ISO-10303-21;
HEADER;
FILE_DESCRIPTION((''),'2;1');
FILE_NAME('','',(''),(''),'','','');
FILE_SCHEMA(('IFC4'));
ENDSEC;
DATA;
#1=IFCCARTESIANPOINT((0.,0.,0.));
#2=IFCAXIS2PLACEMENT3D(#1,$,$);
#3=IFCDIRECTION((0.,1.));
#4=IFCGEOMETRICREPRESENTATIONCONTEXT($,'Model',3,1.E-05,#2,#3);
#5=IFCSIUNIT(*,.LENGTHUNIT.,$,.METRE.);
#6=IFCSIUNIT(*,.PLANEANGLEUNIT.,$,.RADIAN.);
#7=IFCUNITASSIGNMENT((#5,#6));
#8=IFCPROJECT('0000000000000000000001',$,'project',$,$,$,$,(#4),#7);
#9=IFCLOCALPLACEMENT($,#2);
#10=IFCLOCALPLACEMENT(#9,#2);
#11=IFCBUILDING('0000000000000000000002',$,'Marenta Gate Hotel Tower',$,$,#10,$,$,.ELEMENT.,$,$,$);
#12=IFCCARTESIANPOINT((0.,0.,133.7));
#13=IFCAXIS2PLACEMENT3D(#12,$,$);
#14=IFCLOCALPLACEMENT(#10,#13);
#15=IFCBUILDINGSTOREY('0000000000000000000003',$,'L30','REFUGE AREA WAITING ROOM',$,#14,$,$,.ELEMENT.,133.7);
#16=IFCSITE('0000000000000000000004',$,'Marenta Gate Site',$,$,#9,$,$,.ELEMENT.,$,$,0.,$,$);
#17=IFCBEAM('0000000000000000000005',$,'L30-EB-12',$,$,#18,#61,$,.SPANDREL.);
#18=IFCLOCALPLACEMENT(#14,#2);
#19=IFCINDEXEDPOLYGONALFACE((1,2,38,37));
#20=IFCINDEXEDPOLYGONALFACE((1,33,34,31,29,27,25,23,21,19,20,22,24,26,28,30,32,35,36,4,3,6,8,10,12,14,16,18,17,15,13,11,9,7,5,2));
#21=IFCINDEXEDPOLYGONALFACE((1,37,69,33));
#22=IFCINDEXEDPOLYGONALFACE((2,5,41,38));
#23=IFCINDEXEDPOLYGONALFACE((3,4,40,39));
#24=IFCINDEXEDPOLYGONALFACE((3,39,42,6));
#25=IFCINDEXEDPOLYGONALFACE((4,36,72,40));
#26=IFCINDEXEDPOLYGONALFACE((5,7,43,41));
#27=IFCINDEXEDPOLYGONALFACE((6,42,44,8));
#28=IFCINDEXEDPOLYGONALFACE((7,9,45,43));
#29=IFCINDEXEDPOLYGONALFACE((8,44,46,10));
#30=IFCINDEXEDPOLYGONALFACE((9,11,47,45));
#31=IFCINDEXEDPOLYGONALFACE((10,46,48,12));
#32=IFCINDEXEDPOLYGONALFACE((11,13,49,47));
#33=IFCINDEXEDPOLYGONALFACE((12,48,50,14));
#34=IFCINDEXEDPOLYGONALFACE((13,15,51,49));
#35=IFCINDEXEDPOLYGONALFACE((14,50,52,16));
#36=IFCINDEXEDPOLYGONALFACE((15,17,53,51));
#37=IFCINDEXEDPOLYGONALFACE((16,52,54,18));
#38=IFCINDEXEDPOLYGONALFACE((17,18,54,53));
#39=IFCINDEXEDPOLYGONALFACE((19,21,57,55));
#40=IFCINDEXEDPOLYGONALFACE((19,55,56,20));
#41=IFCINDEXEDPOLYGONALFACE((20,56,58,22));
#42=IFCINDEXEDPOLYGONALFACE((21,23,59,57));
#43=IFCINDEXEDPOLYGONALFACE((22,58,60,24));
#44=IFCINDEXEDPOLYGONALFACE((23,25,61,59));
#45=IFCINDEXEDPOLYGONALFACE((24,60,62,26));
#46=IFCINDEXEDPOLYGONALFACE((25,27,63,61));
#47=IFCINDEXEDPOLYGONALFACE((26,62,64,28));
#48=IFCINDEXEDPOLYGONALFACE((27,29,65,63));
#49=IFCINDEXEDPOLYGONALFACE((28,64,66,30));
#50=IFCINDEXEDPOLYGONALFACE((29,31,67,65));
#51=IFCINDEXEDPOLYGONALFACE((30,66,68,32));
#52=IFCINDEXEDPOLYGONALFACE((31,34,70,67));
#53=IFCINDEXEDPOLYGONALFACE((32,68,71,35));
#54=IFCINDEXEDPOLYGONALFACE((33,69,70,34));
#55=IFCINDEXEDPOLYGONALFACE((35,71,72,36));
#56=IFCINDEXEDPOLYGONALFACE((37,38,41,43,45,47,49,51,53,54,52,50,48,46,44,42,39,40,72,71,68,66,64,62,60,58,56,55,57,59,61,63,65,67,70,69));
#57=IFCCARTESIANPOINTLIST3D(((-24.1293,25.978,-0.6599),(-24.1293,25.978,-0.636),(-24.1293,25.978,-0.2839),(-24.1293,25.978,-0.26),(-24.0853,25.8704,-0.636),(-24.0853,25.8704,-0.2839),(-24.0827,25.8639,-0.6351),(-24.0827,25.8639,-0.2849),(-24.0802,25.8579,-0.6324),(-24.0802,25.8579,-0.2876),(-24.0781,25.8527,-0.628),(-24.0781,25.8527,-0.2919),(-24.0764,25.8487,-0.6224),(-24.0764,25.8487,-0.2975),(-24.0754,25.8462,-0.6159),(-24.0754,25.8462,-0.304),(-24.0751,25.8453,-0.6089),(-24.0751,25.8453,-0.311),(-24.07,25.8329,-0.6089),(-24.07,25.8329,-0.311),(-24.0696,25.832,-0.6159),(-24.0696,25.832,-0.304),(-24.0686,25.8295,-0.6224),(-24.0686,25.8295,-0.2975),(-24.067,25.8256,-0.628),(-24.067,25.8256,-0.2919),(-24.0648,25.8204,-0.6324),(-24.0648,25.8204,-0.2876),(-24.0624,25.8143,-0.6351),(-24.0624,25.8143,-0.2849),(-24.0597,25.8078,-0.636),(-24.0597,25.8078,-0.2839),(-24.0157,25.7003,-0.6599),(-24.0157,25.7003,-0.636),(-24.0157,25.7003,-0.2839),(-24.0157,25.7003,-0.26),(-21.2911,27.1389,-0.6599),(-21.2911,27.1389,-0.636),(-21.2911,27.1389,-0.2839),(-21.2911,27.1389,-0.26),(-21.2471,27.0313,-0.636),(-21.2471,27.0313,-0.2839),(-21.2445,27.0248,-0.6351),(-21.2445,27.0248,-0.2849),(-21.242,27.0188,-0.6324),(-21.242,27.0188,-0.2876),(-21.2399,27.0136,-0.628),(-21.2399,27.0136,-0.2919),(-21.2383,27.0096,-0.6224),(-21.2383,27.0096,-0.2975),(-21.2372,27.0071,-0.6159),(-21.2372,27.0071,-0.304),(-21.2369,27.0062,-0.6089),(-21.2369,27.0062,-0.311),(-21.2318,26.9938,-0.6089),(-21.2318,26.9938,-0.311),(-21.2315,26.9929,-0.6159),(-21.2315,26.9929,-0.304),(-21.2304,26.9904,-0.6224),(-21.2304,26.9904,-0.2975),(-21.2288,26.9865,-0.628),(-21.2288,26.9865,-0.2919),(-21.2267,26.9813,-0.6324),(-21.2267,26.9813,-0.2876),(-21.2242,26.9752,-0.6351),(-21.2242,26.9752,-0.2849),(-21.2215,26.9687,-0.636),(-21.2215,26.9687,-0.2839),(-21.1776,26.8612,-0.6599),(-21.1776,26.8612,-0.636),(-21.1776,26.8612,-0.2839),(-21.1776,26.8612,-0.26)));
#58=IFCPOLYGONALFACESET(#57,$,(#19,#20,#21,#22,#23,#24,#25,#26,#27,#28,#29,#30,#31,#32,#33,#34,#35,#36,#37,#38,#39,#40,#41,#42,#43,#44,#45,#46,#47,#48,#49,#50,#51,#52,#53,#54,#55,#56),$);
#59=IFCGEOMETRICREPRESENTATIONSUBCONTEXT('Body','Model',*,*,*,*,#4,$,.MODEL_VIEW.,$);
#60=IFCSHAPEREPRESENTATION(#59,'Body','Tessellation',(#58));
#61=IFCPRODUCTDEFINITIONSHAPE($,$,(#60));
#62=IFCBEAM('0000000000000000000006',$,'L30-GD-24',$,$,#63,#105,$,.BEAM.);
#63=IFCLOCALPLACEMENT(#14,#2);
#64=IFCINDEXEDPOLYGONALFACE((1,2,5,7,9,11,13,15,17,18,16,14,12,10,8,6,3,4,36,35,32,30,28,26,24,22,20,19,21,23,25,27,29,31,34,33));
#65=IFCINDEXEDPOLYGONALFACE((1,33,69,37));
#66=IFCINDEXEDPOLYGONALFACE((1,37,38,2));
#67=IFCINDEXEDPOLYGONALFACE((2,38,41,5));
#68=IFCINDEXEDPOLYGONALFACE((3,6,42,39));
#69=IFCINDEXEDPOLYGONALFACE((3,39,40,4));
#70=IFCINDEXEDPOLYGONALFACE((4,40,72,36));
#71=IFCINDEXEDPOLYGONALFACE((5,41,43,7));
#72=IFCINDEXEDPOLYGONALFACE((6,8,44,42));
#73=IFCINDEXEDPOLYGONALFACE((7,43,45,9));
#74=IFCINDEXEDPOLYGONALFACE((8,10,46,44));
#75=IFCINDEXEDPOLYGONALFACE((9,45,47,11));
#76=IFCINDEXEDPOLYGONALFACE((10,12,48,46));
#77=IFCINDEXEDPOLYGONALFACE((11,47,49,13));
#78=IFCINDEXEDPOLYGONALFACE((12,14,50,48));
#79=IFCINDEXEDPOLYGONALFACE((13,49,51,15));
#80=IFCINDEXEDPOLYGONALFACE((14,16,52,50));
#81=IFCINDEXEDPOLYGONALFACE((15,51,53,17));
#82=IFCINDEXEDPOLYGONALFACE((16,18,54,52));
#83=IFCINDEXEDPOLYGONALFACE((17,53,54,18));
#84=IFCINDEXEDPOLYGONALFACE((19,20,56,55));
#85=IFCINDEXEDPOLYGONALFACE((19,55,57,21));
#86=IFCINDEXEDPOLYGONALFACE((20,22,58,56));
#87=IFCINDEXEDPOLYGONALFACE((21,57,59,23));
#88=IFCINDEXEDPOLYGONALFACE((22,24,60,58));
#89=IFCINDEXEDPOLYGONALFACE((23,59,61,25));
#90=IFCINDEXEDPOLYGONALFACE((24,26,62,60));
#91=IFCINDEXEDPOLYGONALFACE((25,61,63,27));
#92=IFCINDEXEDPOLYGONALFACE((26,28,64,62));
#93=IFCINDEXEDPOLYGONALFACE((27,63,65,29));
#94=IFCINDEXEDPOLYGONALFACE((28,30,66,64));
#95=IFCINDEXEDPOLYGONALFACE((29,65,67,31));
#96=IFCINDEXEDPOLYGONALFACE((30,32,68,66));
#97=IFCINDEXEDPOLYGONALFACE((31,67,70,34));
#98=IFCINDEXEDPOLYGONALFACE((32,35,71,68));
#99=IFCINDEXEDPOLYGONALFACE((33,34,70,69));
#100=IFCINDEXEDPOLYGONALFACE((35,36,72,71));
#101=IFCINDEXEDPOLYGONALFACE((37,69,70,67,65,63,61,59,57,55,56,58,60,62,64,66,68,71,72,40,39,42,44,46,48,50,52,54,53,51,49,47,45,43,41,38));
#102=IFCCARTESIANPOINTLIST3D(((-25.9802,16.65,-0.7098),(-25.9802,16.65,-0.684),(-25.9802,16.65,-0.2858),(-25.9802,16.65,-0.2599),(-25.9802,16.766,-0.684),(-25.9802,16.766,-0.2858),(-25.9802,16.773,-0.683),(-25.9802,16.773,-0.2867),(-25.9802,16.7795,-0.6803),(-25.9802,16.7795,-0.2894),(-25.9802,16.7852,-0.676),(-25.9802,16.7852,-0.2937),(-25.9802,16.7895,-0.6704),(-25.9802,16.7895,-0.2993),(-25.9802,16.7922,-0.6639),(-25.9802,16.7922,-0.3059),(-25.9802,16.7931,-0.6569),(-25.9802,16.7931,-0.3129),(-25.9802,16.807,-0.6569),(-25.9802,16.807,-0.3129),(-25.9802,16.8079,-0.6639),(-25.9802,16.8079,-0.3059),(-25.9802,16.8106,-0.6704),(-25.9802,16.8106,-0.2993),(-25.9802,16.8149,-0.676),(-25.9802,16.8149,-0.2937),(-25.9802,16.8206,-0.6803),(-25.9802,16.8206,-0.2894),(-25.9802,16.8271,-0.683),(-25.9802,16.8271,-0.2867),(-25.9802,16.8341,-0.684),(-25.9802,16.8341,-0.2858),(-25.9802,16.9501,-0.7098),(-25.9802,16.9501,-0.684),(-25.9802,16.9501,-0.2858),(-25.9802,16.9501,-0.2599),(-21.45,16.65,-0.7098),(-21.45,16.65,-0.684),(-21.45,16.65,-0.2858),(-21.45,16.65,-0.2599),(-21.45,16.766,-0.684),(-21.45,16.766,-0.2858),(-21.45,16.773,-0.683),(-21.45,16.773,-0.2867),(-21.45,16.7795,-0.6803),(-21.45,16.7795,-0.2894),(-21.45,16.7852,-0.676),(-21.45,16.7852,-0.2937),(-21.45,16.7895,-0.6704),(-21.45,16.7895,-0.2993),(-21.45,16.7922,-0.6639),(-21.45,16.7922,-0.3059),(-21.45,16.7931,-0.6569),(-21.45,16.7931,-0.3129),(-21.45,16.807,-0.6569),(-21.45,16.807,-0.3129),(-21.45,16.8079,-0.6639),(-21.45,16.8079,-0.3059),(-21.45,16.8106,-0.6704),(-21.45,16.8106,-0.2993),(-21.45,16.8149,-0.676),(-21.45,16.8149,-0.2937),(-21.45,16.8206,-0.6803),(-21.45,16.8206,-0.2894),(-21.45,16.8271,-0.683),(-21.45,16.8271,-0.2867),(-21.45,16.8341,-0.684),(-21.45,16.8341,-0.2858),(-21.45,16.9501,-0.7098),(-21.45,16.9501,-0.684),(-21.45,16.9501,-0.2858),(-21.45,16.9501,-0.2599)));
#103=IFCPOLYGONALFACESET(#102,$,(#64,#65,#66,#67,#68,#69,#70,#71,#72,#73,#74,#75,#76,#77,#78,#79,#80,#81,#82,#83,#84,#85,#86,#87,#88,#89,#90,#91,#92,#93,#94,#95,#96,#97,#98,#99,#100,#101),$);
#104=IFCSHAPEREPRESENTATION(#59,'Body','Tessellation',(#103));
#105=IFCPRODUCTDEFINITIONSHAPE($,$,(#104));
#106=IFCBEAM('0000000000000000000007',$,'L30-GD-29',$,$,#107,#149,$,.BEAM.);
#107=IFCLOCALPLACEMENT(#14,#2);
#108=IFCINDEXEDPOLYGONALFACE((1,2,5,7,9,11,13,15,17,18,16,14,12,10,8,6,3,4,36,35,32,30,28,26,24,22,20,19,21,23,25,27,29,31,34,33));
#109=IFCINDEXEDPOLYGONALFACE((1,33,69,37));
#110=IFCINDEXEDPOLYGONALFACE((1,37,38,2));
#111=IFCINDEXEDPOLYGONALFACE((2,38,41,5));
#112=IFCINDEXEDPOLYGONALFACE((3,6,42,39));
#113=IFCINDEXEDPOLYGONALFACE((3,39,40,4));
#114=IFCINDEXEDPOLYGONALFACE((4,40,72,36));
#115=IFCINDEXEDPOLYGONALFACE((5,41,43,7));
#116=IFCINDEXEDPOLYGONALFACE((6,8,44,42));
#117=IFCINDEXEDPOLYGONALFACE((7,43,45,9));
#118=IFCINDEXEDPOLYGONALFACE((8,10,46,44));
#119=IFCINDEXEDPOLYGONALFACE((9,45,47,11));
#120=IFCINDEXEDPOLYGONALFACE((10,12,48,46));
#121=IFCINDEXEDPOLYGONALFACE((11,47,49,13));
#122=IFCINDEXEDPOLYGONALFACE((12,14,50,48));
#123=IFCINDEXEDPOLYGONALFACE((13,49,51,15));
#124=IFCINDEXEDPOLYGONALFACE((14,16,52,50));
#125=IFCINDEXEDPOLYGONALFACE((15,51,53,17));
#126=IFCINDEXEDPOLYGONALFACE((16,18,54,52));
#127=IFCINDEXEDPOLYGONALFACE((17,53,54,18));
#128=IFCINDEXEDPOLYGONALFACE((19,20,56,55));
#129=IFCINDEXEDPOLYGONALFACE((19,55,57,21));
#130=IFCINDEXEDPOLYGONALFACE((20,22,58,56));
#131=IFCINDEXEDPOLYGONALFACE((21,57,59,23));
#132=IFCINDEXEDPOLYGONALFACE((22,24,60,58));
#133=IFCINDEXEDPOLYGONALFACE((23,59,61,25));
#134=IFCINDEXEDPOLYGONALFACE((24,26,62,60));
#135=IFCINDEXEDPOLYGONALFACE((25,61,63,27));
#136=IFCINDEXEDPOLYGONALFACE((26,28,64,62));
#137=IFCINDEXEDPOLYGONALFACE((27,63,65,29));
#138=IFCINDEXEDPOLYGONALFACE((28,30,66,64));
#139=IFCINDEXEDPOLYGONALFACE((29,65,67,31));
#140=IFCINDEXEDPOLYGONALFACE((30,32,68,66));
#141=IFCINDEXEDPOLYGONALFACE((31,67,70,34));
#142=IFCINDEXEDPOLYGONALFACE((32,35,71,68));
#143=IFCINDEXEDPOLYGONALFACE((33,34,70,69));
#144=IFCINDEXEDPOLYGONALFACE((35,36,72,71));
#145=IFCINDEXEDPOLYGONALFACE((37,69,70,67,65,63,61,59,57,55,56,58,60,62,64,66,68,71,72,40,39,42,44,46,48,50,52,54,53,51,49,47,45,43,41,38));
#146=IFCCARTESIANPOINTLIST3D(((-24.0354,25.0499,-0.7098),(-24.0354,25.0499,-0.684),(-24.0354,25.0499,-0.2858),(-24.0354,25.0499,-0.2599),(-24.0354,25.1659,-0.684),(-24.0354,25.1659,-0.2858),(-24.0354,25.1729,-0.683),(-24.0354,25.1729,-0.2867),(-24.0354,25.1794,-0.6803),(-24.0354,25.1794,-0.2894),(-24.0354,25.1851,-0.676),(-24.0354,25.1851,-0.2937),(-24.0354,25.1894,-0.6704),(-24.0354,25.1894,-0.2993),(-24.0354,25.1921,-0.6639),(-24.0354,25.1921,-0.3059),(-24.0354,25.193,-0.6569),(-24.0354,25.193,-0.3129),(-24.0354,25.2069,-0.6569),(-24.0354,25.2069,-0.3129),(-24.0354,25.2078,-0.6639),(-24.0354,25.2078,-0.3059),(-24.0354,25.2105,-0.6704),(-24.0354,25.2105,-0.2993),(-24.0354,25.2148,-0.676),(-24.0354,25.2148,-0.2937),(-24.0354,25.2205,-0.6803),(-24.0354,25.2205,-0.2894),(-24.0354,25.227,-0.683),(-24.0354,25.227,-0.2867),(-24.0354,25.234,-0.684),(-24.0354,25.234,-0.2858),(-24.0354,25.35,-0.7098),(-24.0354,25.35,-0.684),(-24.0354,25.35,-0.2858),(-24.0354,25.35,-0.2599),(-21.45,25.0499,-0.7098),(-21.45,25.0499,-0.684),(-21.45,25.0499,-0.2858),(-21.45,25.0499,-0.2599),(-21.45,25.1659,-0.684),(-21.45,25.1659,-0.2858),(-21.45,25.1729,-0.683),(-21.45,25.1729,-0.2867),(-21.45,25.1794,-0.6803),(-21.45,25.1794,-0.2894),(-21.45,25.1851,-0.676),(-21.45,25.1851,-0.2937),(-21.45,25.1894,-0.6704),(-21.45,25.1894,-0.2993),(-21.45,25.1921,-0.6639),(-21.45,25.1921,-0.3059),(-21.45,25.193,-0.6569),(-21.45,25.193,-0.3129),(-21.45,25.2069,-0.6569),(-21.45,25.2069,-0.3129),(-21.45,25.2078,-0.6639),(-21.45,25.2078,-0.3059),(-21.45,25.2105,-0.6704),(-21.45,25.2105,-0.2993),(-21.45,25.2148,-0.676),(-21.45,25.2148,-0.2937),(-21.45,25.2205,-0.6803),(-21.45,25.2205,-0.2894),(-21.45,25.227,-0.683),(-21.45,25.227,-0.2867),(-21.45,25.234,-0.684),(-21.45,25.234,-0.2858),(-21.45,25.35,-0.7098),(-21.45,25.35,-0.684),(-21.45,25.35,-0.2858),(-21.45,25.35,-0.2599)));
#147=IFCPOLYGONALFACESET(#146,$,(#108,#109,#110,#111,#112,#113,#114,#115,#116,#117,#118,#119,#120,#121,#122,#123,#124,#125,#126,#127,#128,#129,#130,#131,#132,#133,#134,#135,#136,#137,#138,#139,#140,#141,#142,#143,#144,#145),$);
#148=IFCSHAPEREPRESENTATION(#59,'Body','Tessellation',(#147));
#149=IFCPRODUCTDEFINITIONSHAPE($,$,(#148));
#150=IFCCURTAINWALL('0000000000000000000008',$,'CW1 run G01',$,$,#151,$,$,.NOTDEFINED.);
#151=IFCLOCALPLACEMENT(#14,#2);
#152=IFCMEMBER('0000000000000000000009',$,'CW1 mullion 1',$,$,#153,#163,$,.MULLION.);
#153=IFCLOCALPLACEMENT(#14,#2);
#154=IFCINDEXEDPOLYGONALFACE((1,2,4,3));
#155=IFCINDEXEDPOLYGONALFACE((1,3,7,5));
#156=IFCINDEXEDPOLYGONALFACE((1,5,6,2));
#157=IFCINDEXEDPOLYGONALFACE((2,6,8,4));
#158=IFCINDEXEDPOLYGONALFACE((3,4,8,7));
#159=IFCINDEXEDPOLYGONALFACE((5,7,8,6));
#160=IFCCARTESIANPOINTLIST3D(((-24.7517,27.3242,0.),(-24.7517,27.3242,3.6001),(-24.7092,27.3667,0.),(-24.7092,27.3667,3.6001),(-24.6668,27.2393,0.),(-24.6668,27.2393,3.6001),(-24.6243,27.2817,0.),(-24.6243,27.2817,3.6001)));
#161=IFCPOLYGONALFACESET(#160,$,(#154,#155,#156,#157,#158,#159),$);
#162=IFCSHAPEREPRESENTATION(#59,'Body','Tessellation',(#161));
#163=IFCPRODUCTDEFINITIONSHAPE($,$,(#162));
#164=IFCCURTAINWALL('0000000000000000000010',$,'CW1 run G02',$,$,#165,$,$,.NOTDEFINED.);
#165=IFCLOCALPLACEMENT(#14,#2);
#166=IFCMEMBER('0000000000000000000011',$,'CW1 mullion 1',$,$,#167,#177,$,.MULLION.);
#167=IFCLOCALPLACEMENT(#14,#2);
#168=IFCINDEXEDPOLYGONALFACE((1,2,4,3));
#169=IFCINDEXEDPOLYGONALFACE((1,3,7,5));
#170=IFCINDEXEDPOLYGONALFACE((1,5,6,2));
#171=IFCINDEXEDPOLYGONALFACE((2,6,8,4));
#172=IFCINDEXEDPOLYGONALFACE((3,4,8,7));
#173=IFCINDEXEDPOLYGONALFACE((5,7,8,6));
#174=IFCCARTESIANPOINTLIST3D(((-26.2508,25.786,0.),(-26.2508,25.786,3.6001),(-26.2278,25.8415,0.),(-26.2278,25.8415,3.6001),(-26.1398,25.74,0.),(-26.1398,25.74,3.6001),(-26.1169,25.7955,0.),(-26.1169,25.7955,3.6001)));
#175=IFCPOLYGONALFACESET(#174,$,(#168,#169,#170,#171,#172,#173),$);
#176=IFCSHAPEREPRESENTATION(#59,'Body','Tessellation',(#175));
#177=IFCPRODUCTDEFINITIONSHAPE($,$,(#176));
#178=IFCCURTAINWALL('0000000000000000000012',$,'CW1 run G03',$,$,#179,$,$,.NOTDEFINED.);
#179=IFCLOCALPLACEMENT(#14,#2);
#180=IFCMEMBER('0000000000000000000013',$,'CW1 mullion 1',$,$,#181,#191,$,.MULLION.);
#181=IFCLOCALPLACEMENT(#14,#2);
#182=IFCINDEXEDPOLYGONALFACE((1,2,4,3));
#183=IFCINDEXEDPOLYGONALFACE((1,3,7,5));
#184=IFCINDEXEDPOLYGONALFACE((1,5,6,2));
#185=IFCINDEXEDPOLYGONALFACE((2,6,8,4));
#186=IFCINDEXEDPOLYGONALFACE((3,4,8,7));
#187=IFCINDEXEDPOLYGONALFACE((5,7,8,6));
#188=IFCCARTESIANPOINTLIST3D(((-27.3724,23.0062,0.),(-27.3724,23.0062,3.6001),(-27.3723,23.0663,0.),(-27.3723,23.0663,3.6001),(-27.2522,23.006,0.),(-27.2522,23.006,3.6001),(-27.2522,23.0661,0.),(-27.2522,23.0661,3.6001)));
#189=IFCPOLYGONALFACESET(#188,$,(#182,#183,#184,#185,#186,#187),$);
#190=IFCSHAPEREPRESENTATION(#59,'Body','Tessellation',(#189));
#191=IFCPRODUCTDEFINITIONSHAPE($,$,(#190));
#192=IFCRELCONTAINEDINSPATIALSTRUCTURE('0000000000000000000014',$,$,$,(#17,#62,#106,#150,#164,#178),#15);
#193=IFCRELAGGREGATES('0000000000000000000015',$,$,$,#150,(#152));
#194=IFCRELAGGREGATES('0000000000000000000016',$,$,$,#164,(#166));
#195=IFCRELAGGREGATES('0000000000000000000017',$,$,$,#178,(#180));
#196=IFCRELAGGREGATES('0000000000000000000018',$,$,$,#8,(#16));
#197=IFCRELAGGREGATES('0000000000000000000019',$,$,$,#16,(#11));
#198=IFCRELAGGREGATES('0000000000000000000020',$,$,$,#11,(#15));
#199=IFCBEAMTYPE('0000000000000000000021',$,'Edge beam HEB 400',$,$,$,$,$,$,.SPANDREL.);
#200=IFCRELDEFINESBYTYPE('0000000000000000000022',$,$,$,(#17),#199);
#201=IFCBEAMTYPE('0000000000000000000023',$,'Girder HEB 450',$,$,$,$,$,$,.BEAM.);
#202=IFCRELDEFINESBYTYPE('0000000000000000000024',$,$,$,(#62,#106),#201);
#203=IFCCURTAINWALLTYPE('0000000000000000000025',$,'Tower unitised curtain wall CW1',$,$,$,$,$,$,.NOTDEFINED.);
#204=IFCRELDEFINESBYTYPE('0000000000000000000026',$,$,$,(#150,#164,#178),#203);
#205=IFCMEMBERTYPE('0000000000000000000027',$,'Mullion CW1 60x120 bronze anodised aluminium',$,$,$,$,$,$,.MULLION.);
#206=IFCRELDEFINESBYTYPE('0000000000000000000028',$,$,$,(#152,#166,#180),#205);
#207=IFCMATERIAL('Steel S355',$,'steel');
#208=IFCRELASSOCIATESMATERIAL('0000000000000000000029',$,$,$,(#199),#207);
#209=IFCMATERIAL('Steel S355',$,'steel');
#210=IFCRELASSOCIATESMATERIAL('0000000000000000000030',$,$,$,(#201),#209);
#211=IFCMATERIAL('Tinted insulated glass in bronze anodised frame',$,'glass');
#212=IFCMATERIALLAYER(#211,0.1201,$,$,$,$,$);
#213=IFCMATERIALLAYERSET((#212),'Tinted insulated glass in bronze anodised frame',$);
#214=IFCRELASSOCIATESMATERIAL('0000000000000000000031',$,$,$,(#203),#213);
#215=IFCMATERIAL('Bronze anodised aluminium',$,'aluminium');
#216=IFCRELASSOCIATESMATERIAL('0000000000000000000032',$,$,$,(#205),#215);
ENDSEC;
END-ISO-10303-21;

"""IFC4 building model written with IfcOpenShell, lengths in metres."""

from ifc_helpers import new_model, si_unit, direction, frame, origin, origin_2d, place, context, subcontext, project, spatial, rectangle, i_section, extrude, material, layer, layer_set, material_profile, profile_set, type_object, element, aggregate, save


model = new_model("IFC4")

# Units and contexts
model_context = context("Model", 3, precision=1e-05, world=origin(), true_north=direction((0.0, 1.0)))
body_context = subcontext(model_context, "Body", "Model", "MODEL_VIEW")
ifc_project = project(units=[si_unit("LENGTHUNIT", "METRE"), si_unit("PLANEANGLEUNIT", "RADIAN")], contexts=[model_context])

# Site, building, storey
site_placement = place(None, origin())
site = spatial("IfcSite", under=ifc_project, at=site_placement, Name="Marenta Gate Site", CompositionType="ELEMENT", RefElevation=0.0)
building_placement = place(site_placement, origin())
building = spatial("IfcBuilding", under=site, at=building_placement, Name="Marenta Gate Hotel Tower", CompositionType="ELEMENT")
storey_placement = place(building_placement, frame((0.0, 0.0, 133.7)))
storey = spatial("IfcBuildingStorey", under=building, at=storey_placement, Name="L30", Description="REFUGE AREA WAITING ROOM", CompositionType="ELEMENT", Elevation=133.7)

# Beams
ifc_material_1 = material(Name="Steel S355", Category="steel")
ifc_material_profile_1 = material_profile(ifc_material_1, i_section(OverallWidth=0.3, OverallDepth=0.3999, WebThickness=0.0134, FlangeThickness=0.0239, FilletRadius=0.0271, at=origin_2d()), Name="HEB 400")
ifc_profile_set_1 = profile_set([ifc_material_profile_1], Name="Steel S355")
beam_type_1 = type_object("IfcBeamType", Name="Edge beam HEB 400", PredefinedType="SPANDREL", material=ifc_profile_set_1)
beam_1_placement = place(storey_placement, frame((-24.0725, 25.8391, -0.46), z_axis=(0.925566, 0.378586, 0.0), x_axis=(-0.378586, 0.925566, 0.0)))
element("IfcBeam", 1, at=beam_1_placement, inside=storey, type_object=beam_type_1, Name="L30-EB-12", PredefinedType="SPANDREL", context=body_context, shape_type="SweptSolid", body=[
    extrude(i_section(OverallWidth=0.3, OverallDepth=0.3999, WebThickness=0.0134, FlangeThickness=0.0239, FilletRadius=0.0271, at=origin_2d()), origin(), (0.0, 0.0, 1.0), 3.0664),
])
ifc_material_2 = material(Name="Steel S355", Category="steel")
ifc_material_profile_2 = material_profile(ifc_material_2, i_section(OverallWidth=0.3, OverallDepth=0.45, WebThickness=0.0139, FlangeThickness=0.0259, FilletRadius=0.0271, at=origin_2d()), Name="HEB 450")
ifc_profile_set_2 = profile_set([ifc_material_profile_2], Name="Steel S355")
beam_type_2 = type_object("IfcBeamType", Name="Girder HEB 450", PredefinedType="BEAM", material=ifc_profile_set_2)
beam_2_placement = place(storey_placement, frame((-25.9802, 16.8, -0.4849), z_axis=(1.0, 0.0, 0.0), x_axis=(0.0, 1.0, 0.0)))
element("IfcBeam", 2, at=beam_2_placement, inside=storey, type_object=beam_type_2, Name="L30-GD-24", PredefinedType="BEAM", context=body_context, shape_type="SweptSolid", body=[
    extrude(i_section(OverallWidth=0.3, OverallDepth=0.45, WebThickness=0.0139, FlangeThickness=0.0259, FilletRadius=0.0271, at=origin_2d()), origin(), (0.0, 0.0, 1.0), 4.5303),
])
beam_3_placement = place(storey_placement, frame((-24.0354, 25.2, -0.4849), z_axis=(1.0, 0.0, 0.0), x_axis=(0.0, 1.0, 0.0)))
element("IfcBeam", 3, at=beam_3_placement, inside=storey, type_object=beam_type_2, Name="L30-GD-29", PredefinedType="BEAM", context=body_context, shape_type="SweptSolid", body=[
    extrude(i_section(OverallWidth=0.3, OverallDepth=0.45, WebThickness=0.0139, FlangeThickness=0.0259, FilletRadius=0.0271, at=origin_2d()), origin(), (0.0, 0.0, 1.0), 2.5854),
])

# Curtain walls, members
ifc_material_3 = material(Name="Tinted insulated glass in bronze anodised frame", Category="glass")
ifc_layer_1 = layer(ifc_material_3, 0.1201)
ifc_layer_set_1 = layer_set([ifc_layer_1], Name="Tinted insulated glass in bronze anodised frame")
curtain_wall_type = type_object("IfcCurtainWallType", Name="Tower unitised curtain wall CW1", PredefinedType="NOTDEFINED", material=ifc_layer_set_1)
curtain_wall_1_placement = place(storey_placement, origin())
curtain_wall_1 = element("IfcCurtainWall", 4, at=curtain_wall_1_placement, inside=storey, type_object=curtain_wall_type, Name="CW1 run G01", PredefinedType="NOTDEFINED")
ifc_material_4 = material(Name="Bronze anodised aluminium", Category="aluminium")
ifc_material_profile_3 = material_profile(ifc_material_4, rectangle(XDim=0.1201, YDim=0.0601, at=origin_2d()), Name="Mullion CW1 60x120 bronze anodised aluminium")
ifc_profile_set_3 = profile_set([ifc_material_profile_3], Name="Bronze anodised aluminium")
member_type_1 = type_object("IfcMemberType", Name="Mullion CW1 60x120 bronze anodised aluminium", PredefinedType="MULLION", material=ifc_profile_set_3)
member_1_placement = place(storey_placement, frame((-24.688, 27.303, 0.0), z_axis=(0.0, 0.0, 1.0), x_axis=(0.707107, -0.707107, 0.0)))
member_1 = element("IfcMember", 5, at=member_1_placement, type_object=member_type_1, Name="CW1 mullion 1", PredefinedType="MULLION", context=body_context, shape_type="SweptSolid", body=[
    extrude(rectangle(XDim=0.1201, YDim=0.0601, at=origin_2d()), origin(), (0.0, 0.0, 1.0), 3.6001),
])
curtain_wall_2_placement = place(storey_placement, origin())
curtain_wall_2 = element("IfcCurtainWall", 6, at=curtain_wall_2_placement, inside=storey, type_object=curtain_wall_type, Name="CW1 run G02", PredefinedType="NOTDEFINED")
member_2_placement = place(storey_placement, frame((-26.1838, 25.7908, 0.0), z_axis=(0.0, 0.0, 1.0), x_axis=(0.923884, -0.382672, 0.0)))
member_2 = element("IfcMember", 7, at=member_2_placement, type_object=member_type_1, Name="CW1 mullion 1", PredefinedType="MULLION", context=body_context, shape_type="SweptSolid", body=[
    extrude(rectangle(XDim=0.1201, YDim=0.0601, at=origin_2d()), origin(), (0.0, 0.0, 1.0), 3.6001),
])

# Curtain wall, member
curtain_wall_3_placement = place(storey_placement, origin())
curtain_wall_3 = element("IfcCurtainWall", 8, at=curtain_wall_3_placement, inside=storey, type_object=curtain_wall_type, Name="CW1 run G03", PredefinedType="NOTDEFINED")
member_3_placement = place(storey_placement, frame((-27.3123, 23.0361, 0.0), z_axis=(0.0, 0.0, 1.0), x_axis=(0.999999, -0.001566, 0.0)))
member_3 = element("IfcMember", 9, at=member_3_placement, type_object=member_type_1, Name="CW1 mullion 1", PredefinedType="MULLION", context=body_context, shape_type="SweptSolid", body=[
    extrude(rectangle(XDim=0.1201, YDim=0.0601, at=origin_2d()), origin(), (0.0, 0.0, 1.0), 3.6001),
])

aggregate(curtain_wall_1, [member_1])
aggregate(curtain_wall_2, [member_2])
aggregate(curtain_wall_3, [member_3])

save(model, "model.ifc")
